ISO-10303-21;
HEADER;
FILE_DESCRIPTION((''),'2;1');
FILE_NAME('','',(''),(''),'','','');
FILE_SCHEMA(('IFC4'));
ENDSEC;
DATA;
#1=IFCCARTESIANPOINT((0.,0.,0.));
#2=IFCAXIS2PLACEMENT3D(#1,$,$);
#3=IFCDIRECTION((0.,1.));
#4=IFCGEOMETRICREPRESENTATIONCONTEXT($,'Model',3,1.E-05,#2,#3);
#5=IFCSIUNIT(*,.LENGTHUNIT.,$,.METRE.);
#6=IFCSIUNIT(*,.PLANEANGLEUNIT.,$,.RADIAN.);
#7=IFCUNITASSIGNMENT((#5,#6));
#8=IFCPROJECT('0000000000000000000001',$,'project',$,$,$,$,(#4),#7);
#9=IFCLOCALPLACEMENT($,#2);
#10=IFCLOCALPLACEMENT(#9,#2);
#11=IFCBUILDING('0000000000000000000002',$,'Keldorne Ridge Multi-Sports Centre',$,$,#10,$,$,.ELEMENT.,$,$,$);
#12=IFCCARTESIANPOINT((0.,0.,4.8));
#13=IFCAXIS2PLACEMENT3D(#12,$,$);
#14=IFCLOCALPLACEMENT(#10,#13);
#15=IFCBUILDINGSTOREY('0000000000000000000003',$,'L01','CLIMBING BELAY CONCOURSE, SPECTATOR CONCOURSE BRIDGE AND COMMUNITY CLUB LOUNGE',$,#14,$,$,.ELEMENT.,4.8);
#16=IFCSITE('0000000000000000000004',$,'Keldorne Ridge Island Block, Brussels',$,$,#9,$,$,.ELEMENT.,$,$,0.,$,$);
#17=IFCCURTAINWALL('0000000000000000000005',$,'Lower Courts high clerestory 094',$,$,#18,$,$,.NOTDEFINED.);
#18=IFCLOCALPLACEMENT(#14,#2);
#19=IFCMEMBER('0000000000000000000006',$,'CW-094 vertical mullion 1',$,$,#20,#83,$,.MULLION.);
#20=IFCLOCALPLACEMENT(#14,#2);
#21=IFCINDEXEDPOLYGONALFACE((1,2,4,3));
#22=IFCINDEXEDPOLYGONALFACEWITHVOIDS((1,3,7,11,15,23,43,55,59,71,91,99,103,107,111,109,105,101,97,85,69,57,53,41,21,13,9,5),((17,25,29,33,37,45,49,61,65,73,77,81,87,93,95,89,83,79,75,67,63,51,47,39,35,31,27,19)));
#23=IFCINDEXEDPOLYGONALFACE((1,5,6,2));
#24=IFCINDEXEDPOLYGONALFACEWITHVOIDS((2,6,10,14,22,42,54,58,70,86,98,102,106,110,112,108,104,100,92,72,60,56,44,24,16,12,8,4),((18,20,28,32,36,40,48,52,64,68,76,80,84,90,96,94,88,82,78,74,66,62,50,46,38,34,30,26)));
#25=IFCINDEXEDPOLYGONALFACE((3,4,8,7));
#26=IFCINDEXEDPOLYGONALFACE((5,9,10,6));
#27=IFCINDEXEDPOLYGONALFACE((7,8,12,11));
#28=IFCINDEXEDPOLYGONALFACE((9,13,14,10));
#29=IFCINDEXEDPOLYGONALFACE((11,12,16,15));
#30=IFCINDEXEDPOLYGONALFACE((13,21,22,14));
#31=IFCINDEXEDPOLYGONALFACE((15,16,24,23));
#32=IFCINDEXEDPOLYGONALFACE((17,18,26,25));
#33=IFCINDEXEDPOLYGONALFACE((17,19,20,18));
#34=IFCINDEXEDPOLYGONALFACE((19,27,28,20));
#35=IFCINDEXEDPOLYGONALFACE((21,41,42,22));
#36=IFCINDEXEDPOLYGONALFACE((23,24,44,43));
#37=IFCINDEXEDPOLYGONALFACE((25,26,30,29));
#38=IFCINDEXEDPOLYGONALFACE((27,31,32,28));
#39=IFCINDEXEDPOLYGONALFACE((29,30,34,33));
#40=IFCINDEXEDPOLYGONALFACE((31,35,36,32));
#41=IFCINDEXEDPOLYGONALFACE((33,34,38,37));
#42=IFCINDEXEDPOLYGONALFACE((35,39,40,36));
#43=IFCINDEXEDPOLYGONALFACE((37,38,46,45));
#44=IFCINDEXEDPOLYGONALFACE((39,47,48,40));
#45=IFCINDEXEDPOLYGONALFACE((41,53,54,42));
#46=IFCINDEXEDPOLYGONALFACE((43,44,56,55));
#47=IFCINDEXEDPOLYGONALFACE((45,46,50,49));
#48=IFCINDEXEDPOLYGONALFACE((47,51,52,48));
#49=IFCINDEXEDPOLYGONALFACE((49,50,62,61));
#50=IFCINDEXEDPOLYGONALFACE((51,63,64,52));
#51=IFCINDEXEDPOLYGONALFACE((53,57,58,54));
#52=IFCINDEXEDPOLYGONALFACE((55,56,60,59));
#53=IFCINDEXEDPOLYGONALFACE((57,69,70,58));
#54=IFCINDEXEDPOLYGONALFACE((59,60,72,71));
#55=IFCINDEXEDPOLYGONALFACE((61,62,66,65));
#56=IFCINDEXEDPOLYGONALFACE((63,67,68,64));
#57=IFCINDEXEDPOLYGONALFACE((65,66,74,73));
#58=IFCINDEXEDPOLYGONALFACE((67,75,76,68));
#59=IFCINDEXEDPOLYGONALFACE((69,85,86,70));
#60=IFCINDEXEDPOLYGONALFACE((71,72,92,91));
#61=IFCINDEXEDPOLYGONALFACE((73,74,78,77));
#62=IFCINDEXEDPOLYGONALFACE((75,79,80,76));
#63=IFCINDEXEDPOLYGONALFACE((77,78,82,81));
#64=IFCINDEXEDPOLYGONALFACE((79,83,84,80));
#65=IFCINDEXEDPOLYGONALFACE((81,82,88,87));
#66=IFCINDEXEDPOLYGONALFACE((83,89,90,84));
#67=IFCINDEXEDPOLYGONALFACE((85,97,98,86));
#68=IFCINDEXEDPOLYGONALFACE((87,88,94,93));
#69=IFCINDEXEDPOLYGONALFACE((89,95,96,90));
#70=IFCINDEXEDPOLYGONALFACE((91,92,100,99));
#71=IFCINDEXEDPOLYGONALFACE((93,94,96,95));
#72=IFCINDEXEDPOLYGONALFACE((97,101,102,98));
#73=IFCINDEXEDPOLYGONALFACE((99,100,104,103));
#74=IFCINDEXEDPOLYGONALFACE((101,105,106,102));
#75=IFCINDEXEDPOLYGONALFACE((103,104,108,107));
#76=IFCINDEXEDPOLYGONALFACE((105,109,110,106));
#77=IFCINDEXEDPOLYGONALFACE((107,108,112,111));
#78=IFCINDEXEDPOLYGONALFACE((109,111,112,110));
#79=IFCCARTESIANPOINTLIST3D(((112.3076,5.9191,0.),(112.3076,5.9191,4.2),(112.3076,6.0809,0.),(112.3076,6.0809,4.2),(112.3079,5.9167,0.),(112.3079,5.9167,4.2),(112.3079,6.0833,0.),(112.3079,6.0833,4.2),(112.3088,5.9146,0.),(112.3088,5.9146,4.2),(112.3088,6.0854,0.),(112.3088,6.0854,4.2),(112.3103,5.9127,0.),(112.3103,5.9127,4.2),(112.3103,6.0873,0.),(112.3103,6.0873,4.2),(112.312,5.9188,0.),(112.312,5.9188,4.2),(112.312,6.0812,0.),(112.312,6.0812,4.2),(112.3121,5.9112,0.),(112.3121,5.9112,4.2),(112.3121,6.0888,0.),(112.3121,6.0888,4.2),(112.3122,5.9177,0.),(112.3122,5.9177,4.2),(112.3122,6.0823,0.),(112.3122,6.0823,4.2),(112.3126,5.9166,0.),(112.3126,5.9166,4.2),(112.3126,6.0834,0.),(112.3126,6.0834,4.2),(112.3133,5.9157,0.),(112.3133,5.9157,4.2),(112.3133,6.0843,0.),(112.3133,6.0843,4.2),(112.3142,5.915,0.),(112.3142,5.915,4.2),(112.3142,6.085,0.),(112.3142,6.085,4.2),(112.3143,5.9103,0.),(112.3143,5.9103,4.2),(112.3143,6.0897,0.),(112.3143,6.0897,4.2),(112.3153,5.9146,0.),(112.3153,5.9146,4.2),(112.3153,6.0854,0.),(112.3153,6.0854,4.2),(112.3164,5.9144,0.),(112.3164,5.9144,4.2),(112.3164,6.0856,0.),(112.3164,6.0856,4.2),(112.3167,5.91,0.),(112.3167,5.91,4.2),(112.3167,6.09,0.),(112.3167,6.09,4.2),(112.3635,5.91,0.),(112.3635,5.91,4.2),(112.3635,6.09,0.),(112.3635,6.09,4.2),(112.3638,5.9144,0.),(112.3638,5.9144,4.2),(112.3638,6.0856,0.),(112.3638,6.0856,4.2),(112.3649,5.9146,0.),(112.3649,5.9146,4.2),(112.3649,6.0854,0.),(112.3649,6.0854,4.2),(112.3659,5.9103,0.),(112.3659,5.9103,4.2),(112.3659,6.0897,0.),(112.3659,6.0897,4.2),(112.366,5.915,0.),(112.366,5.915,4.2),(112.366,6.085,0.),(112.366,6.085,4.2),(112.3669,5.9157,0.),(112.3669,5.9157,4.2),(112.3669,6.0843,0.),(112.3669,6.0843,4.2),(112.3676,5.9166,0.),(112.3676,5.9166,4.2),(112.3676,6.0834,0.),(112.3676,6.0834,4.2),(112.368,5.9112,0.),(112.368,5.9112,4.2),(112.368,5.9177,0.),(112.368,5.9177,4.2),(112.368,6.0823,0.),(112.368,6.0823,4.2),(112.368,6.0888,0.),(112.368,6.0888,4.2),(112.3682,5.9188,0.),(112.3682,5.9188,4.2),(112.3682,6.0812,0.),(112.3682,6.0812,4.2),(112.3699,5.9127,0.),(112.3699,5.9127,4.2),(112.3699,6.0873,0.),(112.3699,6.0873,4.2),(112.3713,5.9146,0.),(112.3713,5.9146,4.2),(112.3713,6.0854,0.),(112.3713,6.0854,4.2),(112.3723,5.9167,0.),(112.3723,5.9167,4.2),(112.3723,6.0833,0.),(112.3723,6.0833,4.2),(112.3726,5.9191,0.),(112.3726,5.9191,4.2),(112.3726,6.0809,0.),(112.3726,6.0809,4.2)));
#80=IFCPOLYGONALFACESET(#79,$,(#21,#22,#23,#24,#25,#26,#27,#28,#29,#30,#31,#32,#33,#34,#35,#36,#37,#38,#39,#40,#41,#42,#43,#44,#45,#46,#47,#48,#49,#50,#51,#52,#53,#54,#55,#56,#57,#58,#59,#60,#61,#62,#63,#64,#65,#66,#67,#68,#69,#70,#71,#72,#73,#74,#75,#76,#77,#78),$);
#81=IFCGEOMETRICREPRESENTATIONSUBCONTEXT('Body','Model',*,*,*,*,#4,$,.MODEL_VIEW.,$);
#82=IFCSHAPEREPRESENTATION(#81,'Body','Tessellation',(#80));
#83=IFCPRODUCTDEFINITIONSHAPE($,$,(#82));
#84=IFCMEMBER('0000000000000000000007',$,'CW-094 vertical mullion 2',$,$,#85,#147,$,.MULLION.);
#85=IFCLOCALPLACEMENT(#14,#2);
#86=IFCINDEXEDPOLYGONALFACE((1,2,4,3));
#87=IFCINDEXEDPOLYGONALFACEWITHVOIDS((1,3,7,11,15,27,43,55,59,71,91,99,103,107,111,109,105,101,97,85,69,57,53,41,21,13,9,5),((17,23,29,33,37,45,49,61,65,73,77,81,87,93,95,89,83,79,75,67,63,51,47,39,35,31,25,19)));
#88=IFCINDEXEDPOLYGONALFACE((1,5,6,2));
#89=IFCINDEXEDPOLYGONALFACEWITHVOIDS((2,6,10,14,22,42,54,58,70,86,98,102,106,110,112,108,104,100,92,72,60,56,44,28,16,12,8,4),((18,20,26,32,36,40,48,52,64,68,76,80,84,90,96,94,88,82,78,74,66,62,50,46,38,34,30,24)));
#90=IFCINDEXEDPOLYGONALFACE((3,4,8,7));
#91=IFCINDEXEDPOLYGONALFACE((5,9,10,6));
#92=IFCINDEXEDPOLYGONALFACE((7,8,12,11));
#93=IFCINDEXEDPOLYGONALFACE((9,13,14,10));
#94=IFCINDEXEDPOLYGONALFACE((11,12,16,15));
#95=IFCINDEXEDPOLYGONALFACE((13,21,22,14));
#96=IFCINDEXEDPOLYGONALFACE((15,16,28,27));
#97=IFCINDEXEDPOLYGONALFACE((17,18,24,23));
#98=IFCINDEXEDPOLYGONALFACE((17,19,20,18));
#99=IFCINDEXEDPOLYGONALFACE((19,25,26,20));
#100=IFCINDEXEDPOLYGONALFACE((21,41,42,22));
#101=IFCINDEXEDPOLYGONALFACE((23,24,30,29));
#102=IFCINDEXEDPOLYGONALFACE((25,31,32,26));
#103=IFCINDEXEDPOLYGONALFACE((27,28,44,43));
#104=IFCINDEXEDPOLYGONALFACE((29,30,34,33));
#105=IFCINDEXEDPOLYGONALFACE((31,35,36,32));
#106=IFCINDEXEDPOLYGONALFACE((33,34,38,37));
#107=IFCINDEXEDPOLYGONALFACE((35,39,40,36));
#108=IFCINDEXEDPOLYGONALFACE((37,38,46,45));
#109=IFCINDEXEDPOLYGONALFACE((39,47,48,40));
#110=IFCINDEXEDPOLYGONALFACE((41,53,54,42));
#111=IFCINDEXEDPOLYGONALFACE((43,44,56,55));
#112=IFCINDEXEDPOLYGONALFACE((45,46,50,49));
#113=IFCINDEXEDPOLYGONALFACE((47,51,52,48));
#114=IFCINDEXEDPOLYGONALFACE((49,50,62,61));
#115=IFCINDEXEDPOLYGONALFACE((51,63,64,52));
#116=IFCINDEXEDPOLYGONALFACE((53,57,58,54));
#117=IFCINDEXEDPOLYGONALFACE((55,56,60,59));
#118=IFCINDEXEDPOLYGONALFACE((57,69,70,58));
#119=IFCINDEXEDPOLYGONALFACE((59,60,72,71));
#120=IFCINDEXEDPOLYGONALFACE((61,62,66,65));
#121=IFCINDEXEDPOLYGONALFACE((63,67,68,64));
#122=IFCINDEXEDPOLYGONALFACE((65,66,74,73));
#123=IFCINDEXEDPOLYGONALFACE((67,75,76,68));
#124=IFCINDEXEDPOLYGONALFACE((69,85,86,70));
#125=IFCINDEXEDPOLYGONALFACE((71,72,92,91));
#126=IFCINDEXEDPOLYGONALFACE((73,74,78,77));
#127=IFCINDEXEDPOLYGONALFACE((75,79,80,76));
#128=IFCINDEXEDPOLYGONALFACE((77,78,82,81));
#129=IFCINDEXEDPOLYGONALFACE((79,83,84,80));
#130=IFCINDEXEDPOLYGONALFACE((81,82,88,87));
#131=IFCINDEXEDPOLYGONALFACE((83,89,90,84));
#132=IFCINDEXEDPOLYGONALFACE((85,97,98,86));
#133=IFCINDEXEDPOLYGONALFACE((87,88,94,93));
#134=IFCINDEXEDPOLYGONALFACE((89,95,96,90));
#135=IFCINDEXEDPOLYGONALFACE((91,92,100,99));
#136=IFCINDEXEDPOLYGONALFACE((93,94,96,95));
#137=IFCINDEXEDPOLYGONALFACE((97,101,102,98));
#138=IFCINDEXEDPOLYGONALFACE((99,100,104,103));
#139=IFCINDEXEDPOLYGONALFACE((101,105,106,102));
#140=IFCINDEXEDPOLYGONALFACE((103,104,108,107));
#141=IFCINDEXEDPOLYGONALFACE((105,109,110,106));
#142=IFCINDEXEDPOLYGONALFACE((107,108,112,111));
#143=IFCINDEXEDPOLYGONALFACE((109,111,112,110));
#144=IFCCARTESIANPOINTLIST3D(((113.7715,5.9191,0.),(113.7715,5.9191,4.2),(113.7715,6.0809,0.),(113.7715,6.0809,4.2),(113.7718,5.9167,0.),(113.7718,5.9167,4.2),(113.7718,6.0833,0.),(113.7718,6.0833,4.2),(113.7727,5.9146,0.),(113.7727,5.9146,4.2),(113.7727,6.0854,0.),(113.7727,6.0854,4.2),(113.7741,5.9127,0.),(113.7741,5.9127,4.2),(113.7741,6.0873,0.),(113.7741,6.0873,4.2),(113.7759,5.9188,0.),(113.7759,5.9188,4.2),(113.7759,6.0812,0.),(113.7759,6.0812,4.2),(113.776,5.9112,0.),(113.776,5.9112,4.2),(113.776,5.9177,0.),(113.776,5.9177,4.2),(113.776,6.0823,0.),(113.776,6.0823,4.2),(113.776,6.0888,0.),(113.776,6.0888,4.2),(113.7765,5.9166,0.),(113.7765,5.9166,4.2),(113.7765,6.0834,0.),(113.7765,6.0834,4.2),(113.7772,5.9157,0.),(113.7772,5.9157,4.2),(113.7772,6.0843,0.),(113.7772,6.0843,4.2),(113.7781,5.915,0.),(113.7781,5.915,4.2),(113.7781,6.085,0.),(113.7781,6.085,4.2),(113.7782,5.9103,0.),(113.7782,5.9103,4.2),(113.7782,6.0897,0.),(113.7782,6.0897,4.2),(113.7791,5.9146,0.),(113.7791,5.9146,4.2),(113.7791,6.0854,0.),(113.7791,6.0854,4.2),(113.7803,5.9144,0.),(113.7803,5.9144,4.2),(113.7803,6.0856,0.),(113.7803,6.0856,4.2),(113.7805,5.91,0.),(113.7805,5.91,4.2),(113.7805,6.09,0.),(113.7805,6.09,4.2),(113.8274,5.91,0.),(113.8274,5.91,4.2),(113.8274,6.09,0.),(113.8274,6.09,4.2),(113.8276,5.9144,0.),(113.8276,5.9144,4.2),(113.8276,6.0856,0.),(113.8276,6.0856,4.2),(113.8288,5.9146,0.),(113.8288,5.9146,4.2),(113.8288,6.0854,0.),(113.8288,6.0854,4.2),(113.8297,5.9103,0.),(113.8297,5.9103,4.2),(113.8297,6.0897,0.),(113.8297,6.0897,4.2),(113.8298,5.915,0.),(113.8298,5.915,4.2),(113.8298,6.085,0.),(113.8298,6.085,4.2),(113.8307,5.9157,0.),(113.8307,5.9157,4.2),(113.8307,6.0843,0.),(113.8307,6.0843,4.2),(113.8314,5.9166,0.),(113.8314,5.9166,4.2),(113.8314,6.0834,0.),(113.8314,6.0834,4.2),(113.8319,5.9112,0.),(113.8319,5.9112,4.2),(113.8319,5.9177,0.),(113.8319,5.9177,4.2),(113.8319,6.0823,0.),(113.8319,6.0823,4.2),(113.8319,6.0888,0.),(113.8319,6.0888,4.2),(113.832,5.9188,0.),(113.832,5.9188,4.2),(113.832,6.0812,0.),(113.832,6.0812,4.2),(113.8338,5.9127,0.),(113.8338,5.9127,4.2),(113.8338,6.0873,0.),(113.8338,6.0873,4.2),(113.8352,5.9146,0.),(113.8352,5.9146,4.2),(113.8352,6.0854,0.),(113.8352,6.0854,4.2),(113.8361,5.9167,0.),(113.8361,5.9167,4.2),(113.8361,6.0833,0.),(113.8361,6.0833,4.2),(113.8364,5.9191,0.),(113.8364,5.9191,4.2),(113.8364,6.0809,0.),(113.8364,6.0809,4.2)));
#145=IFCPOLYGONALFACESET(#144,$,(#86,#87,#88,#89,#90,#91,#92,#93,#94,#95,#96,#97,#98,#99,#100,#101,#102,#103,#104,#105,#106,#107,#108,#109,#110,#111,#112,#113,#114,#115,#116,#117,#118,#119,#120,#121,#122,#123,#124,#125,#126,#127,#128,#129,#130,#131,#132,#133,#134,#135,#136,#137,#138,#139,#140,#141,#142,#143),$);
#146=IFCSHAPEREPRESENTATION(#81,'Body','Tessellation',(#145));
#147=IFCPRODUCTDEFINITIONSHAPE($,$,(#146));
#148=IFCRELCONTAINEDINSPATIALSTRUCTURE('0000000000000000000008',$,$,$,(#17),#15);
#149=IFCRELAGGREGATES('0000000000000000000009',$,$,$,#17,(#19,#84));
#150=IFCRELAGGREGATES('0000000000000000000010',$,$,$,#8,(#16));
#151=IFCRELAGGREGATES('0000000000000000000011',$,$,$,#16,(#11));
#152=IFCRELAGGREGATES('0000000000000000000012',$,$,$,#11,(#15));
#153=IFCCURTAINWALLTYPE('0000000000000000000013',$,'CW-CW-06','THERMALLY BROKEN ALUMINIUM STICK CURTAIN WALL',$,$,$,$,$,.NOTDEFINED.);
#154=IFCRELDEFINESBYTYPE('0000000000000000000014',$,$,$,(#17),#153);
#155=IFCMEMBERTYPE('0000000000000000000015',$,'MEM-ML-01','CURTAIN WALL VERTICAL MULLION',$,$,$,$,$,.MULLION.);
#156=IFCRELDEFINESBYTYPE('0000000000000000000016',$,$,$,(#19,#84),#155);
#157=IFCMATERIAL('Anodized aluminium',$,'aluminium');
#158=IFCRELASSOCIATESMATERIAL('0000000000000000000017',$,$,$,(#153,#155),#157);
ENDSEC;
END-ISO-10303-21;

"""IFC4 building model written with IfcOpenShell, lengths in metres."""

from ifc_helpers import new_model, si_unit, direction, frame, origin, origin_2d, place, context, subcontext, project, spatial, hollow_rectangle, extrude, material, material_profile, profile_set, type_object, element, aggregate, save


model = new_model("IFC4")

# Units and contexts
model_context = context("Model", 3, precision=1e-05, world=origin(), true_north=direction((0.0, 1.0)))
body_context = subcontext(model_context, "Body", "Model", "MODEL_VIEW")
ifc_project = project(units=[si_unit("LENGTHUNIT", "METRE"), si_unit("PLANEANGLEUNIT", "RADIAN")], contexts=[model_context])

# Site, building, storey
site_placement = place(None, origin())
site = spatial("IfcSite", under=ifc_project, at=site_placement, Name="Keldorne Ridge Island Block, Brussels", CompositionType="ELEMENT", RefElevation=0.0)
building_placement = place(site_placement, origin())
building = spatial("IfcBuilding", under=site, at=building_placement, Name="Keldorne Ridge Multi-Sports Centre", CompositionType="ELEMENT")
storey_placement = place(building_placement, frame((0.0, 0.0, 4.8)))
storey = spatial("IfcBuildingStorey", under=building, at=storey_placement, Name="L01", Description="CLIMBING BELAY CONCOURSE, SPECTATOR CONCOURSE BRIDGE AND COMMUNITY CLUB LOUNGE", CompositionType="ELEMENT", Elevation=4.8)

# Curtain wall, members
ifc_material_1 = material(Name="Anodized aluminium", Category="aluminium")
curtain_wall_type = type_object("IfcCurtainWallType", Name="CW-CW-06", Description="THERMALLY BROKEN ALUMINIUM STICK CURTAIN WALL", PredefinedType="NOTDEFINED", material=ifc_material_1)
curtain_wall_placement = place(storey_placement, origin())
curtain_wall = element("IfcCurtainWall", 1, at=curtain_wall_placement, inside=storey, type_object=curtain_wall_type, Name="Lower Courts high clerestory 094", PredefinedType="NOTDEFINED")
ifc_material_profile_1 = material_profile(ifc_material_1, hollow_rectangle(XDim=0.0649, YDim=0.1799, WallThickness=0.0044, InnerFilletRadius=0.0044, OuterFilletRadius=0.009, at=origin_2d()), Name="ALU MULLION 180x65x4.5")
ifc_profile_set_1 = profile_set([ifc_material_profile_1], Name="Anodized aluminium")
member_type_1 = type_object("IfcMemberType", Name="MEM-ML-01", Description="CURTAIN WALL VERTICAL MULLION", PredefinedType="MULLION", material=ifc_profile_set_1)
member_1_placement = place(storey_placement, frame((112.3401, 6.0, 0.0), z_axis=(0.0, 0.0, 1.0), x_axis=(1.0, 0.0, 0.0)))
member_1 = element("IfcMember", 2, at=member_1_placement, type_object=member_type_1, Name="CW-094 vertical mullion 1", PredefinedType="MULLION", context=body_context, shape_type="SweptSolid", body=[
    extrude(hollow_rectangle(XDim=0.0649, YDim=0.1799, WallThickness=0.0044, InnerFilletRadius=0.0044, OuterFilletRadius=0.009, at=origin_2d()), origin(), (0.0, 0.0, 1.0), 4.2),
])
member_2_placement = place(storey_placement, frame((113.804, 6.0, 0.0), z_axis=(0.0, 0.0, 1.0), x_axis=(1.0, 0.0, 0.0)))
member_2 = element("IfcMember", 3, at=member_2_placement, type_object=member_type_1, Name="CW-094 vertical mullion 2", PredefinedType="MULLION", context=body_context, shape_type="SweptSolid", body=[
    extrude(hollow_rectangle(XDim=0.0649, YDim=0.1799, WallThickness=0.0044, InnerFilletRadius=0.0044, OuterFilletRadius=0.009, at=origin_2d()), origin(), (0.0, 0.0, 1.0), 4.2),
])

aggregate(curtain_wall, [member_1, member_2])

save(model, "model.ifc")
